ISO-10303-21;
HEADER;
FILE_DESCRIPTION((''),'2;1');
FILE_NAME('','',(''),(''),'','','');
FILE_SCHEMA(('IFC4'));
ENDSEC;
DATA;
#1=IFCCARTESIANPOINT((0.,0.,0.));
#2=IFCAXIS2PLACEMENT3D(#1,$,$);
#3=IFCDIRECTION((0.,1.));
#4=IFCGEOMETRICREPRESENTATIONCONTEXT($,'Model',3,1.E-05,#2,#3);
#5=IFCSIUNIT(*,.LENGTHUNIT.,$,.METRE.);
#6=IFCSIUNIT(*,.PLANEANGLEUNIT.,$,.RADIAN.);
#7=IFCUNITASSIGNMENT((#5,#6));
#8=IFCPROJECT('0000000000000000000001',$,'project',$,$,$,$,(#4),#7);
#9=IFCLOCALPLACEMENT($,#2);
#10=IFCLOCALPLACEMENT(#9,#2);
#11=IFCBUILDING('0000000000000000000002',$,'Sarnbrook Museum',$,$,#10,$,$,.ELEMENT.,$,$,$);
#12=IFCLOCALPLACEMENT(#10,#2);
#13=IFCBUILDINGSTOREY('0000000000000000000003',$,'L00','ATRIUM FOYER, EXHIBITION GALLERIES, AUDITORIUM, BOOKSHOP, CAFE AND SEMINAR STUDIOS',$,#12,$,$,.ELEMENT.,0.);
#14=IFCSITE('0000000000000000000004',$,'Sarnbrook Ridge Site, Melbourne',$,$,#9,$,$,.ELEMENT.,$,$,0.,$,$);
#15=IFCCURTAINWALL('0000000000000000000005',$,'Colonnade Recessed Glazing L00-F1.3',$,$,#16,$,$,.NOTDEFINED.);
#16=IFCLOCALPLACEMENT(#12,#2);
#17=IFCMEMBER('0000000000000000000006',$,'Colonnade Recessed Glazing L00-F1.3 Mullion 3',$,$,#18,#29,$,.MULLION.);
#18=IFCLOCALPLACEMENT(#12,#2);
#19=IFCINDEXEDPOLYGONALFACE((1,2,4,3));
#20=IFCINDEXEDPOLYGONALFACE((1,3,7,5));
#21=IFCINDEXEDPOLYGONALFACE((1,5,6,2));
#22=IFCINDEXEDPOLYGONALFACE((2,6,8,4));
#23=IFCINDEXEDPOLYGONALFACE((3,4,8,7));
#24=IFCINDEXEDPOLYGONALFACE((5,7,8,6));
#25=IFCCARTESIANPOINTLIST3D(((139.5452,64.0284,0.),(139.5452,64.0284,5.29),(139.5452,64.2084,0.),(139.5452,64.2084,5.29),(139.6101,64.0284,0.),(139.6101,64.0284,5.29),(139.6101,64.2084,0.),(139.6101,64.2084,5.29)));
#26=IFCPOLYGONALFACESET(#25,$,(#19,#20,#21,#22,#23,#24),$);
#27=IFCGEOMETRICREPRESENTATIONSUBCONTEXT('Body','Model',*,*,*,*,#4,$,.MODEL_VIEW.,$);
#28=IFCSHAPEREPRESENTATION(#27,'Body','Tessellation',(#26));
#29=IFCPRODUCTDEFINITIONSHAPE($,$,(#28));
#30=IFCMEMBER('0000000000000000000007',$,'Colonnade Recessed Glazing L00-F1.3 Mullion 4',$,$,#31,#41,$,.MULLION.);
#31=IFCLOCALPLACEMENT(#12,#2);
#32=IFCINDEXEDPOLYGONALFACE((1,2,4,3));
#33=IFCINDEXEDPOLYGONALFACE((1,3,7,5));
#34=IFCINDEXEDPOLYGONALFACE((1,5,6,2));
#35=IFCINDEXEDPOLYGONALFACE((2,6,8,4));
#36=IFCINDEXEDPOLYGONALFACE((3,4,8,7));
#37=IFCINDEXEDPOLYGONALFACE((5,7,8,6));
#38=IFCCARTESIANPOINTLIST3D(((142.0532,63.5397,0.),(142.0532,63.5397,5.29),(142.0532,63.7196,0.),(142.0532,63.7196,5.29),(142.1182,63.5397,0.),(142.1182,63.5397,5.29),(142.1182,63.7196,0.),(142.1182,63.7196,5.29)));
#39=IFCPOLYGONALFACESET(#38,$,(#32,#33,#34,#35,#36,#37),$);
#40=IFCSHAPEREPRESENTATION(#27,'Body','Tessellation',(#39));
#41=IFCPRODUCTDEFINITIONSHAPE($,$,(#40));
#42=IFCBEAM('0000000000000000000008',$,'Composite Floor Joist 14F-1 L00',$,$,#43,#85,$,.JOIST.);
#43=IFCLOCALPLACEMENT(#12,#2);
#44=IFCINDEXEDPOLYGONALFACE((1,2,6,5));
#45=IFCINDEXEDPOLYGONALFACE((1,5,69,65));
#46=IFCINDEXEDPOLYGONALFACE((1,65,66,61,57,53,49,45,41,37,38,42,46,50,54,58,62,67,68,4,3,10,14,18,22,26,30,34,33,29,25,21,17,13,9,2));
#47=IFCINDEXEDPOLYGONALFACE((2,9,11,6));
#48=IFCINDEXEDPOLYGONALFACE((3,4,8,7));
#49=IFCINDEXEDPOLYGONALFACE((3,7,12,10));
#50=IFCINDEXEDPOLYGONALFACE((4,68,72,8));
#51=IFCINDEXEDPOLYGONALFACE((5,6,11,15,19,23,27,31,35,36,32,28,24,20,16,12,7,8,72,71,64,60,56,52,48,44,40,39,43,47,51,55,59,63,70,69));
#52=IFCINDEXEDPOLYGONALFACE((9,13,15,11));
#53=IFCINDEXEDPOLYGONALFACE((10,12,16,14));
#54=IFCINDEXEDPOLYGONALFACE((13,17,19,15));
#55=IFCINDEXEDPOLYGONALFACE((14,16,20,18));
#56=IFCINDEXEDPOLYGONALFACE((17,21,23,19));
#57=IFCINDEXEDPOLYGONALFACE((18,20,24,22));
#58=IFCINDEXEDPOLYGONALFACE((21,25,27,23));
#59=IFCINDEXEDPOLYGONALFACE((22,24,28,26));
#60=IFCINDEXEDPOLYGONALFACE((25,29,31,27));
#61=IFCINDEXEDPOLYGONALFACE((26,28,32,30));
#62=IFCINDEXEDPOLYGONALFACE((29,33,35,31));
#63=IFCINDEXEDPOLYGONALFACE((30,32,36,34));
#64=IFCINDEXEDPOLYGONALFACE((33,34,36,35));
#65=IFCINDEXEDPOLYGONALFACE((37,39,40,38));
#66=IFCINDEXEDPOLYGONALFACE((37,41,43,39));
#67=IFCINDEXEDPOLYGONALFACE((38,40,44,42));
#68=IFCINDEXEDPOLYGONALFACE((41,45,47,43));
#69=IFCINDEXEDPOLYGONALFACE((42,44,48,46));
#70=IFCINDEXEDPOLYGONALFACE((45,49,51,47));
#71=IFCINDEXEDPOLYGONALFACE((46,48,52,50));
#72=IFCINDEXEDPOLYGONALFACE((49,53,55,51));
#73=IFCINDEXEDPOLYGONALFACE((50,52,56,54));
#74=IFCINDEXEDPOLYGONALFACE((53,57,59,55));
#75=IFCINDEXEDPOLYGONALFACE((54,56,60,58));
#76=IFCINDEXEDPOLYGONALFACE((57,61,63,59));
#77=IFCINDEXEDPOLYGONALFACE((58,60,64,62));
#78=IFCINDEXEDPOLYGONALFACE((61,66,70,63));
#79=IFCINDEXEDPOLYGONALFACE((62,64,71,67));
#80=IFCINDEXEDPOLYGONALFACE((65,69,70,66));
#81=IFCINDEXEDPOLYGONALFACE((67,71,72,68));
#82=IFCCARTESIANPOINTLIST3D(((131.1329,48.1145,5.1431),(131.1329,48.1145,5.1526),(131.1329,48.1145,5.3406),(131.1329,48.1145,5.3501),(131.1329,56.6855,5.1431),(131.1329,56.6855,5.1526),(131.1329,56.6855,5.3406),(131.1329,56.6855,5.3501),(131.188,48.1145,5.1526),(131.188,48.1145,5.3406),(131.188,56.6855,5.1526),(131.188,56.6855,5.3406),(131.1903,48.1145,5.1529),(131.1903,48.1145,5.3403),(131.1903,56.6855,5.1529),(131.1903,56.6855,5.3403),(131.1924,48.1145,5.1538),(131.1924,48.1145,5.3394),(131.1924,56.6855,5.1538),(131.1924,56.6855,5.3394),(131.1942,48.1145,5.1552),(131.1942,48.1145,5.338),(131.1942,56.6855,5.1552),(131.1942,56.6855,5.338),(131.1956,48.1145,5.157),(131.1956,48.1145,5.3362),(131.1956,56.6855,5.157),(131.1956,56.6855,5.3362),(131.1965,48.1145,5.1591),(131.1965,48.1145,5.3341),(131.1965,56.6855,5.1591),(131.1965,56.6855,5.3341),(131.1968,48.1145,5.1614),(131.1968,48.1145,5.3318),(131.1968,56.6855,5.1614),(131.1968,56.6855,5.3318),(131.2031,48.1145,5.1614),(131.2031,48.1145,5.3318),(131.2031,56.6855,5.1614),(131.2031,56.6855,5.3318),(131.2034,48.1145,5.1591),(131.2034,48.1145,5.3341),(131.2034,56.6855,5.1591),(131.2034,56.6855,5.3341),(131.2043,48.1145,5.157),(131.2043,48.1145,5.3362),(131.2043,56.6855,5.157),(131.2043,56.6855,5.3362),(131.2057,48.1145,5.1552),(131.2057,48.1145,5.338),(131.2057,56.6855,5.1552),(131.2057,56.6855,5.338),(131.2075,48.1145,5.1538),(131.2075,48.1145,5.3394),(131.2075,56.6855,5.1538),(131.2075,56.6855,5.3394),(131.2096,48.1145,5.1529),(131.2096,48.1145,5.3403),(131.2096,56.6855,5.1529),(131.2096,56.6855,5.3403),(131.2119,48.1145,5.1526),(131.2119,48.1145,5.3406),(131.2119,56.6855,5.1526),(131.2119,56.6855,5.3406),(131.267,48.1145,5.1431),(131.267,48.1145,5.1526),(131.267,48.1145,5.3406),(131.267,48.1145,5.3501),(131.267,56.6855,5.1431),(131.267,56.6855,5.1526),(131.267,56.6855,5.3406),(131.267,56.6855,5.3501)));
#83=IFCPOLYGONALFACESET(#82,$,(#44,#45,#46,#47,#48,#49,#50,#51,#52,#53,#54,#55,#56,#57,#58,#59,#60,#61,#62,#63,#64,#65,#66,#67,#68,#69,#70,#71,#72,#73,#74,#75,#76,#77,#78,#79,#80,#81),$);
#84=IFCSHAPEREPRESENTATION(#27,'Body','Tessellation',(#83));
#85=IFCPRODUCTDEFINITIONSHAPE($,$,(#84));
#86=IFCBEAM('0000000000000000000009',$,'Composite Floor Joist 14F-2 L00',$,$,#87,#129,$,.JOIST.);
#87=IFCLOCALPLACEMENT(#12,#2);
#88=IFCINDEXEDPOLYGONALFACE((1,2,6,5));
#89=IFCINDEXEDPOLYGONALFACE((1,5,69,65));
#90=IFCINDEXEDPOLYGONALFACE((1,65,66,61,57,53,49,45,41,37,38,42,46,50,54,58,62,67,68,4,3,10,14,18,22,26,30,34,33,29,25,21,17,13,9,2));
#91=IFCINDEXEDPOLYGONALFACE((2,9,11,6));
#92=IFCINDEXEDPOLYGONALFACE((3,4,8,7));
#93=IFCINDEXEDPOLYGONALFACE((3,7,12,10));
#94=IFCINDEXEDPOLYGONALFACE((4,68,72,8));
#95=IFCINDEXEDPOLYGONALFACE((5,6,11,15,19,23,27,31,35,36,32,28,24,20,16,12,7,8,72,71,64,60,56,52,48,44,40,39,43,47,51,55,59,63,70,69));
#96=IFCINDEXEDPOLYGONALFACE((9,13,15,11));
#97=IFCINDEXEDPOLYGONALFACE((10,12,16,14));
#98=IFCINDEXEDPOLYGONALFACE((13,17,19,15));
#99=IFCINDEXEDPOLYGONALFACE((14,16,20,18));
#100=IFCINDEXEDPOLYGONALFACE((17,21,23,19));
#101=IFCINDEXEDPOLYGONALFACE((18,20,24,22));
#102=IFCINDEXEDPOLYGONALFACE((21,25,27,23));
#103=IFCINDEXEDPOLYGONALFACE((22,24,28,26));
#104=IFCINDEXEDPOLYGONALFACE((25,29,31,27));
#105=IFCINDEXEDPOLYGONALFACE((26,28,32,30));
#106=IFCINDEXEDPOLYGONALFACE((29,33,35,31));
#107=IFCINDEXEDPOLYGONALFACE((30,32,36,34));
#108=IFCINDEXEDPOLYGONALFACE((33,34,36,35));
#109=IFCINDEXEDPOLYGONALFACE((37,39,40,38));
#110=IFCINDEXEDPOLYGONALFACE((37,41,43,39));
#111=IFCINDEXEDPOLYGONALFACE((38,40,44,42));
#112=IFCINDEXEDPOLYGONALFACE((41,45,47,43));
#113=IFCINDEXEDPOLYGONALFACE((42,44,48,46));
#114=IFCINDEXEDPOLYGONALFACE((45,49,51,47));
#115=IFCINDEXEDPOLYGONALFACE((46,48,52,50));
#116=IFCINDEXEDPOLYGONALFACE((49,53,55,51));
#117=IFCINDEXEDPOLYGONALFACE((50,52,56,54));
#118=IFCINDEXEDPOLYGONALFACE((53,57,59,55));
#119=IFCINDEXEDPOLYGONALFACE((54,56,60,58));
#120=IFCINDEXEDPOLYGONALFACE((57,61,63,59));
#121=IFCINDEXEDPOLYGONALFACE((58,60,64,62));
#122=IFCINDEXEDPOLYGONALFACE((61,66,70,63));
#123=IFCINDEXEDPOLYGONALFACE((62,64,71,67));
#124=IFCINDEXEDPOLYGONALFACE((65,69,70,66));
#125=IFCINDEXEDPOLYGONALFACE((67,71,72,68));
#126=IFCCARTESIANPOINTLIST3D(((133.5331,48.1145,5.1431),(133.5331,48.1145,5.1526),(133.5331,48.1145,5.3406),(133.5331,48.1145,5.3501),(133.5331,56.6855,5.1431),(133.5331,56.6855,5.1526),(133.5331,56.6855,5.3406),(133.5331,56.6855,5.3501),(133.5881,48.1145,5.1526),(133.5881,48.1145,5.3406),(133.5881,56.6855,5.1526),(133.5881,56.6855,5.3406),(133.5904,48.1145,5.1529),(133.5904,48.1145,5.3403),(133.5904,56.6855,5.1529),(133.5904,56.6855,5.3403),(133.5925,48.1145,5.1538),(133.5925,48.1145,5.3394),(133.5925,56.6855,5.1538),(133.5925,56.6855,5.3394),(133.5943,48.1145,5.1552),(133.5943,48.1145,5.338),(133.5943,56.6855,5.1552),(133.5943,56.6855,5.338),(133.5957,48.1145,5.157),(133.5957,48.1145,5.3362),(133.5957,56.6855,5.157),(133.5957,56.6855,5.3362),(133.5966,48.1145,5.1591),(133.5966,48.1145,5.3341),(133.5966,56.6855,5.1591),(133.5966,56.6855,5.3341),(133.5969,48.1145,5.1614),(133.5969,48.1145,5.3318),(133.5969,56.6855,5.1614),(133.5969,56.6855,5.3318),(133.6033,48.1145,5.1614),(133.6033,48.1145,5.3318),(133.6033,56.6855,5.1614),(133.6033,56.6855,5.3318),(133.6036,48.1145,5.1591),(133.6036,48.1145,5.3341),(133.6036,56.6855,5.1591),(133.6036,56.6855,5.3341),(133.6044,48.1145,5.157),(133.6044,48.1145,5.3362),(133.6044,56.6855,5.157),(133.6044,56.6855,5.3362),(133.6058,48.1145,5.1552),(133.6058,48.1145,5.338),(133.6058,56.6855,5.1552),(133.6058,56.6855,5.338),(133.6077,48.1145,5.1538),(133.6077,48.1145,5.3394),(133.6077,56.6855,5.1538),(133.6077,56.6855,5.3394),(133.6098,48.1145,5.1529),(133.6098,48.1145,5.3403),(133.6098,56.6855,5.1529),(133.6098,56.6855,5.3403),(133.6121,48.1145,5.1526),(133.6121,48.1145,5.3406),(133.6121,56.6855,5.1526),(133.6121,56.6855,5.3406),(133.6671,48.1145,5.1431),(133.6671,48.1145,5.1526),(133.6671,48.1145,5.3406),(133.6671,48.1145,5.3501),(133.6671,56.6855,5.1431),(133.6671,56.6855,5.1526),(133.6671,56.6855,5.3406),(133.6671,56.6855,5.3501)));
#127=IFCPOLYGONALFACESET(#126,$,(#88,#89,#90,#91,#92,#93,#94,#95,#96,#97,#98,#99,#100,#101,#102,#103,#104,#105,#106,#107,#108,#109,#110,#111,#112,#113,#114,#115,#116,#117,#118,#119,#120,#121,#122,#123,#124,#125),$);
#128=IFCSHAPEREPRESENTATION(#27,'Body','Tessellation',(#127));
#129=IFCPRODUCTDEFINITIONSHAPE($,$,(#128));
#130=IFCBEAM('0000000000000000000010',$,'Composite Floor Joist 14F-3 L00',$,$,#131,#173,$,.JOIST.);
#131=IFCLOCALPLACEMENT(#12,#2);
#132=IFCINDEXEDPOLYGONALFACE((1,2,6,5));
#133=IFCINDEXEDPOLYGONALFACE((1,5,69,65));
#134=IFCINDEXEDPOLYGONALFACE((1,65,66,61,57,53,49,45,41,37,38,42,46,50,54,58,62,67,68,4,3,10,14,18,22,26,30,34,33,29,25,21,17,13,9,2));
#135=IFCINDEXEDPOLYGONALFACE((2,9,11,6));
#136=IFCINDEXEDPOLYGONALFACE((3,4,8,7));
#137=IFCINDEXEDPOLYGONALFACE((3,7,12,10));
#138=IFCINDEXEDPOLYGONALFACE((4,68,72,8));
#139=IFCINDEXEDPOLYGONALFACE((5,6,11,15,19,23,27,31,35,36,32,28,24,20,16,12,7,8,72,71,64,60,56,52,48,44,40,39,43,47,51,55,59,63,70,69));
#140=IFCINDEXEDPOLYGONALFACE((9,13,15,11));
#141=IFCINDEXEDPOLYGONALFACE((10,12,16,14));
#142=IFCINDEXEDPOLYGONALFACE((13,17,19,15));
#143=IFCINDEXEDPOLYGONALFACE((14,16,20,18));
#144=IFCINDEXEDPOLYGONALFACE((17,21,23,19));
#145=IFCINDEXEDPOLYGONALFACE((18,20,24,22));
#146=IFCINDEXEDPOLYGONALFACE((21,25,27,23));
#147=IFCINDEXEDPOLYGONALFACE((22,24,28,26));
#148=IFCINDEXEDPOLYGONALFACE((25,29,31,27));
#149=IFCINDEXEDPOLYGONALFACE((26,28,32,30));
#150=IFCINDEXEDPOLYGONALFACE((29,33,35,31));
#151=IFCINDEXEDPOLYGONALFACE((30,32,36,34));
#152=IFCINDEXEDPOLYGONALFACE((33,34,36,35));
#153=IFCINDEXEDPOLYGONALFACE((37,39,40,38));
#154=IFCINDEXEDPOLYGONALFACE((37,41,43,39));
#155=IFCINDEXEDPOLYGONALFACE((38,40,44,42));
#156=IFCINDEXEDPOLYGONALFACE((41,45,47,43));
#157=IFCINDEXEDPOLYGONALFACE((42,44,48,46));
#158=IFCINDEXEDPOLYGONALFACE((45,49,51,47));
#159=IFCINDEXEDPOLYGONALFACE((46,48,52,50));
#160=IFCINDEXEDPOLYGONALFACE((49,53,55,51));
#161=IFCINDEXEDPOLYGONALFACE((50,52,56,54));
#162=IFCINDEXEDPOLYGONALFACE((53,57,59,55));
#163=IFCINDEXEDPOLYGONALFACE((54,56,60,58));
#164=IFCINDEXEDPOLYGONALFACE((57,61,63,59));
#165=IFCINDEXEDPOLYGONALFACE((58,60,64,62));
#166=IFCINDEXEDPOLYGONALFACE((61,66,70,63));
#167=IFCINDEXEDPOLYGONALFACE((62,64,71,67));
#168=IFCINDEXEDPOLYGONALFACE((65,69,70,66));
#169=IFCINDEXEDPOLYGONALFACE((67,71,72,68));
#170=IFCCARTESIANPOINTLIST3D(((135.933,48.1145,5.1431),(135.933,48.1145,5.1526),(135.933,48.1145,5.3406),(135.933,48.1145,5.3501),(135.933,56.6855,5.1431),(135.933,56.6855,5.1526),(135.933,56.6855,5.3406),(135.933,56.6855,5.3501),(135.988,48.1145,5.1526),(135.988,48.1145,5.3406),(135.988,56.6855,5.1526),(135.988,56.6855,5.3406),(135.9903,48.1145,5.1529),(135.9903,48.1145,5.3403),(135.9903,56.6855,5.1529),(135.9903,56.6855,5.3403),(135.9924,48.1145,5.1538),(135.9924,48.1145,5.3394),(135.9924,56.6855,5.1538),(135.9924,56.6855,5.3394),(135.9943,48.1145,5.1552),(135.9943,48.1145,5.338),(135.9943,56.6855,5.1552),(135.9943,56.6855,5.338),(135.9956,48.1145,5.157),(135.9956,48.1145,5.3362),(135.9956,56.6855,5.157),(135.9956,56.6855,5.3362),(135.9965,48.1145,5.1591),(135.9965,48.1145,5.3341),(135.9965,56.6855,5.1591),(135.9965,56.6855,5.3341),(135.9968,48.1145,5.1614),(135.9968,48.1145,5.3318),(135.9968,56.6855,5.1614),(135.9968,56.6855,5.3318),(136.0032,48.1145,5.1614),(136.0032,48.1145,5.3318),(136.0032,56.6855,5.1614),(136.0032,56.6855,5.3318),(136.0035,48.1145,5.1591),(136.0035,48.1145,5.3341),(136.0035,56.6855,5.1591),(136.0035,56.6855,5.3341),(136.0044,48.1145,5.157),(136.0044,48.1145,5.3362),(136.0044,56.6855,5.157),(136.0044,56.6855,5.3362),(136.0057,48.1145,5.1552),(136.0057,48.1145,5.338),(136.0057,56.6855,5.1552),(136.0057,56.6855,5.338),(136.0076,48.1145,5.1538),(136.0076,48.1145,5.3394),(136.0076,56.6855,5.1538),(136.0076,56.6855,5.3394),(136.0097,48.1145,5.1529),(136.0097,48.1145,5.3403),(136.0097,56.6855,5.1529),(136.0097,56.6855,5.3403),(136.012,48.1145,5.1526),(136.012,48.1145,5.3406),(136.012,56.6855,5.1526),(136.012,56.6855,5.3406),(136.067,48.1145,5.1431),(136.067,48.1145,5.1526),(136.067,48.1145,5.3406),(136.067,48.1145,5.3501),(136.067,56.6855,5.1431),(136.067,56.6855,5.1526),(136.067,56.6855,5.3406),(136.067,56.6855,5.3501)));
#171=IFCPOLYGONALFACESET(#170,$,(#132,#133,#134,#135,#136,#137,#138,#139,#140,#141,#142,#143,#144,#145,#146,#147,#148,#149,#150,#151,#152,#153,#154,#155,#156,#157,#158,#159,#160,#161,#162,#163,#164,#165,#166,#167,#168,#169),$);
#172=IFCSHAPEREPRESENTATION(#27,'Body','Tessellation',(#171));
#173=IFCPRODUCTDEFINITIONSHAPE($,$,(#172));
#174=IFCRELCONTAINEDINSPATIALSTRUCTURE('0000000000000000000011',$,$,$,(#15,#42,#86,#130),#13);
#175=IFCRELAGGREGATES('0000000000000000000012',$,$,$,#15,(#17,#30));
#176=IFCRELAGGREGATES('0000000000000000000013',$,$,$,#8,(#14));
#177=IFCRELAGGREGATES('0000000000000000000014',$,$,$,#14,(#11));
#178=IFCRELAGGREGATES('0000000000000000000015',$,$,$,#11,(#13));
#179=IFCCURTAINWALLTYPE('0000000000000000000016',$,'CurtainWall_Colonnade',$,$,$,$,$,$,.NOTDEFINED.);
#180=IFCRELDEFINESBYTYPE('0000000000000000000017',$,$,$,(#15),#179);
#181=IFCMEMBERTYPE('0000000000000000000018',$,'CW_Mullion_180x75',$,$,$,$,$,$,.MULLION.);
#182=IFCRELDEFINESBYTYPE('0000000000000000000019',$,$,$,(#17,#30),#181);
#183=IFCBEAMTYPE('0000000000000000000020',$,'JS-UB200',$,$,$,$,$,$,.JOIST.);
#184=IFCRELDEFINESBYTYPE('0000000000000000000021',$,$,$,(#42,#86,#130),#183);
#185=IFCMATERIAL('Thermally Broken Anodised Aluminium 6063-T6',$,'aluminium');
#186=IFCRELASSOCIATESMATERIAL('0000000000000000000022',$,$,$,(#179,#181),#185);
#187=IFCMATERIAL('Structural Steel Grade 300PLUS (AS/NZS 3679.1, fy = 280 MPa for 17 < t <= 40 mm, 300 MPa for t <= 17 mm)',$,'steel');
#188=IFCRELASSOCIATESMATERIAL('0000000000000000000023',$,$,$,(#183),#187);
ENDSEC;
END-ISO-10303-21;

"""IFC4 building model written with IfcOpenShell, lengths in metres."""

from ifc_helpers import new_model, si_unit, direction, frame, origin, origin_2d, place, context, subcontext, project, spatial, rectangle, i_section, extrude, material, material_profile, profile_set, type_object, element, aggregate, save


model = new_model("IFC4")

# Units and contexts
model_context = context("Model", 3, precision=1e-05, world=origin(), true_north=direction((0.0, 1.0)))
body_context = subcontext(model_context, "Body", "Model", "MODEL_VIEW")
ifc_project = project(units=[si_unit("LENGTHUNIT", "METRE"), si_unit("PLANEANGLEUNIT", "RADIAN")], contexts=[model_context])

# Site, building, storey
site_placement = place(None, origin())
site = spatial("IfcSite", under=ifc_project, at=site_placement, Name="Sarnbrook Ridge Site, Melbourne", CompositionType="ELEMENT", RefElevation=0.0)
building_placement = place(site_placement, origin())
building = spatial("IfcBuilding", under=site, at=building_placement, Name="Sarnbrook Museum", CompositionType="ELEMENT")
storey_placement = place(building_placement, origin())
storey = spatial("IfcBuildingStorey", under=building, at=storey_placement, Name="L00", Description="ATRIUM FOYER, EXHIBITION GALLERIES, AUDITORIUM, BOOKSHOP, CAFE AND SEMINAR STUDIOS", CompositionType="ELEMENT", Elevation=0.0)

# Shared definitions
ifc_material_1 = material(Name="Structural Steel Grade 300PLUS (AS/NZS 3679.1, fy = 280 MPa for 17 < t <= 40 mm, 300 MPa for t <= 17 mm)", Category="steel")

# Curtain wall, members
ifc_material_2 = material(Name="Thermally Broken Anodised Aluminium 6063-T6", Category="aluminium")
curtain_wall_type = type_object("IfcCurtainWallType", Name="CurtainWall_Colonnade", PredefinedType="NOTDEFINED", material=ifc_material_2)
curtain_wall_placement = place(storey_placement, origin())
curtain_wall = element("IfcCurtainWall", 1, at=curtain_wall_placement, inside=storey, type_object=curtain_wall_type, Name="Colonnade Recessed Glazing L00-F1.3", PredefinedType="NOTDEFINED")
ifc_material_profile_1 = material_profile(ifc_material_2, rectangle(XDim=0.0649, YDim=0.1799, at=origin_2d()), Name="ALU MULLION 65x180")
ifc_profile_set_1 = profile_set([ifc_material_profile_1], Name="Thermally Broken Anodised Aluminium 6063-T6")
member_type = type_object("IfcMemberType", Name="CW_Mullion_180x75", PredefinedType="MULLION", material=ifc_profile_set_1)
member_1_placement = place(storey_placement, frame((139.5776, 64.1184, 0.0), z_axis=(0.0, 0.0, 1.0), x_axis=(1.0, 0.0, 0.0)))
member_1 = element("IfcMember", 2, at=member_1_placement, type_object=member_type, Name="Colonnade Recessed Glazing L00-F1.3 Mullion 3", PredefinedType="MULLION", context=body_context, shape_type="SweptSolid", body=[
    extrude(rectangle(XDim=0.0649, YDim=0.1799, at=origin_2d()), origin(), (0.0, 0.0, 1.0), 5.29),
])
member_2_placement = place(storey_placement, frame((142.0857, 63.6296, 0.0), z_axis=(0.0, 0.0, 1.0), x_axis=(1.0, 0.0, 0.0)))
member_2 = element("IfcMember", 3, at=member_2_placement, type_object=member_type, Name="Colonnade Recessed Glazing L00-F1.3 Mullion 4", PredefinedType="MULLION", context=body_context, shape_type="SweptSolid", body=[
    extrude(rectangle(XDim=0.0649, YDim=0.1799, at=origin_2d()), origin(), (0.0, 0.0, 1.0), 5.29),
])

# Beams
ifc_material_profile_2 = material_profile(ifc_material_1, i_section(OverallWidth=0.134, OverallDepth=0.207, WebThickness=0.0063, FlangeThickness=0.0095, FilletRadius=0.0088, at=origin_2d()), Name="200UB29.8")
ifc_profile_set_2 = profile_set([ifc_material_profile_2], Name="Structural Steel Grade 300PLUS (AS/NZS 3679.1, fy = 280 MPa for 17 < t <= 40 mm, 300 MPa for t <= 17 mm)")
beam_type_1 = type_object("IfcBeamType", Name="JS-UB200", PredefinedType="JOIST", material=ifc_profile_set_2)
for number, where, z_axis, x_axis, name in (
    (4, (131.2, 48.1145, 5.2466), (0.0, 1.0, 0.0), (-1.0, 0.0, 0.0), "Composite Floor Joist 14F-1 L00"),
    (5, (133.6001, 48.1145, 5.2466), (0.0, 1.0, 0.0), (-1.0, 0.0, 0.0), "Composite Floor Joist 14F-2 L00"),
    (6, (136.0, 48.1145, 5.2466), (0.0, 1.0, 0.0), (-1.0, 0.0, 0.0), "Composite Floor Joist 14F-3 L00"),
):
    element("IfcBeam", number, at=place(storey_placement, frame(where, z_axis=z_axis, x_axis=x_axis)), inside=storey, type_object=beam_type_1, Name=name, PredefinedType="JOIST", context=body_context, shape_type="SweptSolid", body=[
        extrude(i_section(OverallWidth=0.134, OverallDepth=0.207, WebThickness=0.0063, FlangeThickness=0.0095, FilletRadius=0.0088, at=origin_2d()), origin(), (0.0, 0.0, 1.0), 8.571),
    ])

aggregate(curtain_wall, [member_1, member_2])

save(model, "model.ifc")
